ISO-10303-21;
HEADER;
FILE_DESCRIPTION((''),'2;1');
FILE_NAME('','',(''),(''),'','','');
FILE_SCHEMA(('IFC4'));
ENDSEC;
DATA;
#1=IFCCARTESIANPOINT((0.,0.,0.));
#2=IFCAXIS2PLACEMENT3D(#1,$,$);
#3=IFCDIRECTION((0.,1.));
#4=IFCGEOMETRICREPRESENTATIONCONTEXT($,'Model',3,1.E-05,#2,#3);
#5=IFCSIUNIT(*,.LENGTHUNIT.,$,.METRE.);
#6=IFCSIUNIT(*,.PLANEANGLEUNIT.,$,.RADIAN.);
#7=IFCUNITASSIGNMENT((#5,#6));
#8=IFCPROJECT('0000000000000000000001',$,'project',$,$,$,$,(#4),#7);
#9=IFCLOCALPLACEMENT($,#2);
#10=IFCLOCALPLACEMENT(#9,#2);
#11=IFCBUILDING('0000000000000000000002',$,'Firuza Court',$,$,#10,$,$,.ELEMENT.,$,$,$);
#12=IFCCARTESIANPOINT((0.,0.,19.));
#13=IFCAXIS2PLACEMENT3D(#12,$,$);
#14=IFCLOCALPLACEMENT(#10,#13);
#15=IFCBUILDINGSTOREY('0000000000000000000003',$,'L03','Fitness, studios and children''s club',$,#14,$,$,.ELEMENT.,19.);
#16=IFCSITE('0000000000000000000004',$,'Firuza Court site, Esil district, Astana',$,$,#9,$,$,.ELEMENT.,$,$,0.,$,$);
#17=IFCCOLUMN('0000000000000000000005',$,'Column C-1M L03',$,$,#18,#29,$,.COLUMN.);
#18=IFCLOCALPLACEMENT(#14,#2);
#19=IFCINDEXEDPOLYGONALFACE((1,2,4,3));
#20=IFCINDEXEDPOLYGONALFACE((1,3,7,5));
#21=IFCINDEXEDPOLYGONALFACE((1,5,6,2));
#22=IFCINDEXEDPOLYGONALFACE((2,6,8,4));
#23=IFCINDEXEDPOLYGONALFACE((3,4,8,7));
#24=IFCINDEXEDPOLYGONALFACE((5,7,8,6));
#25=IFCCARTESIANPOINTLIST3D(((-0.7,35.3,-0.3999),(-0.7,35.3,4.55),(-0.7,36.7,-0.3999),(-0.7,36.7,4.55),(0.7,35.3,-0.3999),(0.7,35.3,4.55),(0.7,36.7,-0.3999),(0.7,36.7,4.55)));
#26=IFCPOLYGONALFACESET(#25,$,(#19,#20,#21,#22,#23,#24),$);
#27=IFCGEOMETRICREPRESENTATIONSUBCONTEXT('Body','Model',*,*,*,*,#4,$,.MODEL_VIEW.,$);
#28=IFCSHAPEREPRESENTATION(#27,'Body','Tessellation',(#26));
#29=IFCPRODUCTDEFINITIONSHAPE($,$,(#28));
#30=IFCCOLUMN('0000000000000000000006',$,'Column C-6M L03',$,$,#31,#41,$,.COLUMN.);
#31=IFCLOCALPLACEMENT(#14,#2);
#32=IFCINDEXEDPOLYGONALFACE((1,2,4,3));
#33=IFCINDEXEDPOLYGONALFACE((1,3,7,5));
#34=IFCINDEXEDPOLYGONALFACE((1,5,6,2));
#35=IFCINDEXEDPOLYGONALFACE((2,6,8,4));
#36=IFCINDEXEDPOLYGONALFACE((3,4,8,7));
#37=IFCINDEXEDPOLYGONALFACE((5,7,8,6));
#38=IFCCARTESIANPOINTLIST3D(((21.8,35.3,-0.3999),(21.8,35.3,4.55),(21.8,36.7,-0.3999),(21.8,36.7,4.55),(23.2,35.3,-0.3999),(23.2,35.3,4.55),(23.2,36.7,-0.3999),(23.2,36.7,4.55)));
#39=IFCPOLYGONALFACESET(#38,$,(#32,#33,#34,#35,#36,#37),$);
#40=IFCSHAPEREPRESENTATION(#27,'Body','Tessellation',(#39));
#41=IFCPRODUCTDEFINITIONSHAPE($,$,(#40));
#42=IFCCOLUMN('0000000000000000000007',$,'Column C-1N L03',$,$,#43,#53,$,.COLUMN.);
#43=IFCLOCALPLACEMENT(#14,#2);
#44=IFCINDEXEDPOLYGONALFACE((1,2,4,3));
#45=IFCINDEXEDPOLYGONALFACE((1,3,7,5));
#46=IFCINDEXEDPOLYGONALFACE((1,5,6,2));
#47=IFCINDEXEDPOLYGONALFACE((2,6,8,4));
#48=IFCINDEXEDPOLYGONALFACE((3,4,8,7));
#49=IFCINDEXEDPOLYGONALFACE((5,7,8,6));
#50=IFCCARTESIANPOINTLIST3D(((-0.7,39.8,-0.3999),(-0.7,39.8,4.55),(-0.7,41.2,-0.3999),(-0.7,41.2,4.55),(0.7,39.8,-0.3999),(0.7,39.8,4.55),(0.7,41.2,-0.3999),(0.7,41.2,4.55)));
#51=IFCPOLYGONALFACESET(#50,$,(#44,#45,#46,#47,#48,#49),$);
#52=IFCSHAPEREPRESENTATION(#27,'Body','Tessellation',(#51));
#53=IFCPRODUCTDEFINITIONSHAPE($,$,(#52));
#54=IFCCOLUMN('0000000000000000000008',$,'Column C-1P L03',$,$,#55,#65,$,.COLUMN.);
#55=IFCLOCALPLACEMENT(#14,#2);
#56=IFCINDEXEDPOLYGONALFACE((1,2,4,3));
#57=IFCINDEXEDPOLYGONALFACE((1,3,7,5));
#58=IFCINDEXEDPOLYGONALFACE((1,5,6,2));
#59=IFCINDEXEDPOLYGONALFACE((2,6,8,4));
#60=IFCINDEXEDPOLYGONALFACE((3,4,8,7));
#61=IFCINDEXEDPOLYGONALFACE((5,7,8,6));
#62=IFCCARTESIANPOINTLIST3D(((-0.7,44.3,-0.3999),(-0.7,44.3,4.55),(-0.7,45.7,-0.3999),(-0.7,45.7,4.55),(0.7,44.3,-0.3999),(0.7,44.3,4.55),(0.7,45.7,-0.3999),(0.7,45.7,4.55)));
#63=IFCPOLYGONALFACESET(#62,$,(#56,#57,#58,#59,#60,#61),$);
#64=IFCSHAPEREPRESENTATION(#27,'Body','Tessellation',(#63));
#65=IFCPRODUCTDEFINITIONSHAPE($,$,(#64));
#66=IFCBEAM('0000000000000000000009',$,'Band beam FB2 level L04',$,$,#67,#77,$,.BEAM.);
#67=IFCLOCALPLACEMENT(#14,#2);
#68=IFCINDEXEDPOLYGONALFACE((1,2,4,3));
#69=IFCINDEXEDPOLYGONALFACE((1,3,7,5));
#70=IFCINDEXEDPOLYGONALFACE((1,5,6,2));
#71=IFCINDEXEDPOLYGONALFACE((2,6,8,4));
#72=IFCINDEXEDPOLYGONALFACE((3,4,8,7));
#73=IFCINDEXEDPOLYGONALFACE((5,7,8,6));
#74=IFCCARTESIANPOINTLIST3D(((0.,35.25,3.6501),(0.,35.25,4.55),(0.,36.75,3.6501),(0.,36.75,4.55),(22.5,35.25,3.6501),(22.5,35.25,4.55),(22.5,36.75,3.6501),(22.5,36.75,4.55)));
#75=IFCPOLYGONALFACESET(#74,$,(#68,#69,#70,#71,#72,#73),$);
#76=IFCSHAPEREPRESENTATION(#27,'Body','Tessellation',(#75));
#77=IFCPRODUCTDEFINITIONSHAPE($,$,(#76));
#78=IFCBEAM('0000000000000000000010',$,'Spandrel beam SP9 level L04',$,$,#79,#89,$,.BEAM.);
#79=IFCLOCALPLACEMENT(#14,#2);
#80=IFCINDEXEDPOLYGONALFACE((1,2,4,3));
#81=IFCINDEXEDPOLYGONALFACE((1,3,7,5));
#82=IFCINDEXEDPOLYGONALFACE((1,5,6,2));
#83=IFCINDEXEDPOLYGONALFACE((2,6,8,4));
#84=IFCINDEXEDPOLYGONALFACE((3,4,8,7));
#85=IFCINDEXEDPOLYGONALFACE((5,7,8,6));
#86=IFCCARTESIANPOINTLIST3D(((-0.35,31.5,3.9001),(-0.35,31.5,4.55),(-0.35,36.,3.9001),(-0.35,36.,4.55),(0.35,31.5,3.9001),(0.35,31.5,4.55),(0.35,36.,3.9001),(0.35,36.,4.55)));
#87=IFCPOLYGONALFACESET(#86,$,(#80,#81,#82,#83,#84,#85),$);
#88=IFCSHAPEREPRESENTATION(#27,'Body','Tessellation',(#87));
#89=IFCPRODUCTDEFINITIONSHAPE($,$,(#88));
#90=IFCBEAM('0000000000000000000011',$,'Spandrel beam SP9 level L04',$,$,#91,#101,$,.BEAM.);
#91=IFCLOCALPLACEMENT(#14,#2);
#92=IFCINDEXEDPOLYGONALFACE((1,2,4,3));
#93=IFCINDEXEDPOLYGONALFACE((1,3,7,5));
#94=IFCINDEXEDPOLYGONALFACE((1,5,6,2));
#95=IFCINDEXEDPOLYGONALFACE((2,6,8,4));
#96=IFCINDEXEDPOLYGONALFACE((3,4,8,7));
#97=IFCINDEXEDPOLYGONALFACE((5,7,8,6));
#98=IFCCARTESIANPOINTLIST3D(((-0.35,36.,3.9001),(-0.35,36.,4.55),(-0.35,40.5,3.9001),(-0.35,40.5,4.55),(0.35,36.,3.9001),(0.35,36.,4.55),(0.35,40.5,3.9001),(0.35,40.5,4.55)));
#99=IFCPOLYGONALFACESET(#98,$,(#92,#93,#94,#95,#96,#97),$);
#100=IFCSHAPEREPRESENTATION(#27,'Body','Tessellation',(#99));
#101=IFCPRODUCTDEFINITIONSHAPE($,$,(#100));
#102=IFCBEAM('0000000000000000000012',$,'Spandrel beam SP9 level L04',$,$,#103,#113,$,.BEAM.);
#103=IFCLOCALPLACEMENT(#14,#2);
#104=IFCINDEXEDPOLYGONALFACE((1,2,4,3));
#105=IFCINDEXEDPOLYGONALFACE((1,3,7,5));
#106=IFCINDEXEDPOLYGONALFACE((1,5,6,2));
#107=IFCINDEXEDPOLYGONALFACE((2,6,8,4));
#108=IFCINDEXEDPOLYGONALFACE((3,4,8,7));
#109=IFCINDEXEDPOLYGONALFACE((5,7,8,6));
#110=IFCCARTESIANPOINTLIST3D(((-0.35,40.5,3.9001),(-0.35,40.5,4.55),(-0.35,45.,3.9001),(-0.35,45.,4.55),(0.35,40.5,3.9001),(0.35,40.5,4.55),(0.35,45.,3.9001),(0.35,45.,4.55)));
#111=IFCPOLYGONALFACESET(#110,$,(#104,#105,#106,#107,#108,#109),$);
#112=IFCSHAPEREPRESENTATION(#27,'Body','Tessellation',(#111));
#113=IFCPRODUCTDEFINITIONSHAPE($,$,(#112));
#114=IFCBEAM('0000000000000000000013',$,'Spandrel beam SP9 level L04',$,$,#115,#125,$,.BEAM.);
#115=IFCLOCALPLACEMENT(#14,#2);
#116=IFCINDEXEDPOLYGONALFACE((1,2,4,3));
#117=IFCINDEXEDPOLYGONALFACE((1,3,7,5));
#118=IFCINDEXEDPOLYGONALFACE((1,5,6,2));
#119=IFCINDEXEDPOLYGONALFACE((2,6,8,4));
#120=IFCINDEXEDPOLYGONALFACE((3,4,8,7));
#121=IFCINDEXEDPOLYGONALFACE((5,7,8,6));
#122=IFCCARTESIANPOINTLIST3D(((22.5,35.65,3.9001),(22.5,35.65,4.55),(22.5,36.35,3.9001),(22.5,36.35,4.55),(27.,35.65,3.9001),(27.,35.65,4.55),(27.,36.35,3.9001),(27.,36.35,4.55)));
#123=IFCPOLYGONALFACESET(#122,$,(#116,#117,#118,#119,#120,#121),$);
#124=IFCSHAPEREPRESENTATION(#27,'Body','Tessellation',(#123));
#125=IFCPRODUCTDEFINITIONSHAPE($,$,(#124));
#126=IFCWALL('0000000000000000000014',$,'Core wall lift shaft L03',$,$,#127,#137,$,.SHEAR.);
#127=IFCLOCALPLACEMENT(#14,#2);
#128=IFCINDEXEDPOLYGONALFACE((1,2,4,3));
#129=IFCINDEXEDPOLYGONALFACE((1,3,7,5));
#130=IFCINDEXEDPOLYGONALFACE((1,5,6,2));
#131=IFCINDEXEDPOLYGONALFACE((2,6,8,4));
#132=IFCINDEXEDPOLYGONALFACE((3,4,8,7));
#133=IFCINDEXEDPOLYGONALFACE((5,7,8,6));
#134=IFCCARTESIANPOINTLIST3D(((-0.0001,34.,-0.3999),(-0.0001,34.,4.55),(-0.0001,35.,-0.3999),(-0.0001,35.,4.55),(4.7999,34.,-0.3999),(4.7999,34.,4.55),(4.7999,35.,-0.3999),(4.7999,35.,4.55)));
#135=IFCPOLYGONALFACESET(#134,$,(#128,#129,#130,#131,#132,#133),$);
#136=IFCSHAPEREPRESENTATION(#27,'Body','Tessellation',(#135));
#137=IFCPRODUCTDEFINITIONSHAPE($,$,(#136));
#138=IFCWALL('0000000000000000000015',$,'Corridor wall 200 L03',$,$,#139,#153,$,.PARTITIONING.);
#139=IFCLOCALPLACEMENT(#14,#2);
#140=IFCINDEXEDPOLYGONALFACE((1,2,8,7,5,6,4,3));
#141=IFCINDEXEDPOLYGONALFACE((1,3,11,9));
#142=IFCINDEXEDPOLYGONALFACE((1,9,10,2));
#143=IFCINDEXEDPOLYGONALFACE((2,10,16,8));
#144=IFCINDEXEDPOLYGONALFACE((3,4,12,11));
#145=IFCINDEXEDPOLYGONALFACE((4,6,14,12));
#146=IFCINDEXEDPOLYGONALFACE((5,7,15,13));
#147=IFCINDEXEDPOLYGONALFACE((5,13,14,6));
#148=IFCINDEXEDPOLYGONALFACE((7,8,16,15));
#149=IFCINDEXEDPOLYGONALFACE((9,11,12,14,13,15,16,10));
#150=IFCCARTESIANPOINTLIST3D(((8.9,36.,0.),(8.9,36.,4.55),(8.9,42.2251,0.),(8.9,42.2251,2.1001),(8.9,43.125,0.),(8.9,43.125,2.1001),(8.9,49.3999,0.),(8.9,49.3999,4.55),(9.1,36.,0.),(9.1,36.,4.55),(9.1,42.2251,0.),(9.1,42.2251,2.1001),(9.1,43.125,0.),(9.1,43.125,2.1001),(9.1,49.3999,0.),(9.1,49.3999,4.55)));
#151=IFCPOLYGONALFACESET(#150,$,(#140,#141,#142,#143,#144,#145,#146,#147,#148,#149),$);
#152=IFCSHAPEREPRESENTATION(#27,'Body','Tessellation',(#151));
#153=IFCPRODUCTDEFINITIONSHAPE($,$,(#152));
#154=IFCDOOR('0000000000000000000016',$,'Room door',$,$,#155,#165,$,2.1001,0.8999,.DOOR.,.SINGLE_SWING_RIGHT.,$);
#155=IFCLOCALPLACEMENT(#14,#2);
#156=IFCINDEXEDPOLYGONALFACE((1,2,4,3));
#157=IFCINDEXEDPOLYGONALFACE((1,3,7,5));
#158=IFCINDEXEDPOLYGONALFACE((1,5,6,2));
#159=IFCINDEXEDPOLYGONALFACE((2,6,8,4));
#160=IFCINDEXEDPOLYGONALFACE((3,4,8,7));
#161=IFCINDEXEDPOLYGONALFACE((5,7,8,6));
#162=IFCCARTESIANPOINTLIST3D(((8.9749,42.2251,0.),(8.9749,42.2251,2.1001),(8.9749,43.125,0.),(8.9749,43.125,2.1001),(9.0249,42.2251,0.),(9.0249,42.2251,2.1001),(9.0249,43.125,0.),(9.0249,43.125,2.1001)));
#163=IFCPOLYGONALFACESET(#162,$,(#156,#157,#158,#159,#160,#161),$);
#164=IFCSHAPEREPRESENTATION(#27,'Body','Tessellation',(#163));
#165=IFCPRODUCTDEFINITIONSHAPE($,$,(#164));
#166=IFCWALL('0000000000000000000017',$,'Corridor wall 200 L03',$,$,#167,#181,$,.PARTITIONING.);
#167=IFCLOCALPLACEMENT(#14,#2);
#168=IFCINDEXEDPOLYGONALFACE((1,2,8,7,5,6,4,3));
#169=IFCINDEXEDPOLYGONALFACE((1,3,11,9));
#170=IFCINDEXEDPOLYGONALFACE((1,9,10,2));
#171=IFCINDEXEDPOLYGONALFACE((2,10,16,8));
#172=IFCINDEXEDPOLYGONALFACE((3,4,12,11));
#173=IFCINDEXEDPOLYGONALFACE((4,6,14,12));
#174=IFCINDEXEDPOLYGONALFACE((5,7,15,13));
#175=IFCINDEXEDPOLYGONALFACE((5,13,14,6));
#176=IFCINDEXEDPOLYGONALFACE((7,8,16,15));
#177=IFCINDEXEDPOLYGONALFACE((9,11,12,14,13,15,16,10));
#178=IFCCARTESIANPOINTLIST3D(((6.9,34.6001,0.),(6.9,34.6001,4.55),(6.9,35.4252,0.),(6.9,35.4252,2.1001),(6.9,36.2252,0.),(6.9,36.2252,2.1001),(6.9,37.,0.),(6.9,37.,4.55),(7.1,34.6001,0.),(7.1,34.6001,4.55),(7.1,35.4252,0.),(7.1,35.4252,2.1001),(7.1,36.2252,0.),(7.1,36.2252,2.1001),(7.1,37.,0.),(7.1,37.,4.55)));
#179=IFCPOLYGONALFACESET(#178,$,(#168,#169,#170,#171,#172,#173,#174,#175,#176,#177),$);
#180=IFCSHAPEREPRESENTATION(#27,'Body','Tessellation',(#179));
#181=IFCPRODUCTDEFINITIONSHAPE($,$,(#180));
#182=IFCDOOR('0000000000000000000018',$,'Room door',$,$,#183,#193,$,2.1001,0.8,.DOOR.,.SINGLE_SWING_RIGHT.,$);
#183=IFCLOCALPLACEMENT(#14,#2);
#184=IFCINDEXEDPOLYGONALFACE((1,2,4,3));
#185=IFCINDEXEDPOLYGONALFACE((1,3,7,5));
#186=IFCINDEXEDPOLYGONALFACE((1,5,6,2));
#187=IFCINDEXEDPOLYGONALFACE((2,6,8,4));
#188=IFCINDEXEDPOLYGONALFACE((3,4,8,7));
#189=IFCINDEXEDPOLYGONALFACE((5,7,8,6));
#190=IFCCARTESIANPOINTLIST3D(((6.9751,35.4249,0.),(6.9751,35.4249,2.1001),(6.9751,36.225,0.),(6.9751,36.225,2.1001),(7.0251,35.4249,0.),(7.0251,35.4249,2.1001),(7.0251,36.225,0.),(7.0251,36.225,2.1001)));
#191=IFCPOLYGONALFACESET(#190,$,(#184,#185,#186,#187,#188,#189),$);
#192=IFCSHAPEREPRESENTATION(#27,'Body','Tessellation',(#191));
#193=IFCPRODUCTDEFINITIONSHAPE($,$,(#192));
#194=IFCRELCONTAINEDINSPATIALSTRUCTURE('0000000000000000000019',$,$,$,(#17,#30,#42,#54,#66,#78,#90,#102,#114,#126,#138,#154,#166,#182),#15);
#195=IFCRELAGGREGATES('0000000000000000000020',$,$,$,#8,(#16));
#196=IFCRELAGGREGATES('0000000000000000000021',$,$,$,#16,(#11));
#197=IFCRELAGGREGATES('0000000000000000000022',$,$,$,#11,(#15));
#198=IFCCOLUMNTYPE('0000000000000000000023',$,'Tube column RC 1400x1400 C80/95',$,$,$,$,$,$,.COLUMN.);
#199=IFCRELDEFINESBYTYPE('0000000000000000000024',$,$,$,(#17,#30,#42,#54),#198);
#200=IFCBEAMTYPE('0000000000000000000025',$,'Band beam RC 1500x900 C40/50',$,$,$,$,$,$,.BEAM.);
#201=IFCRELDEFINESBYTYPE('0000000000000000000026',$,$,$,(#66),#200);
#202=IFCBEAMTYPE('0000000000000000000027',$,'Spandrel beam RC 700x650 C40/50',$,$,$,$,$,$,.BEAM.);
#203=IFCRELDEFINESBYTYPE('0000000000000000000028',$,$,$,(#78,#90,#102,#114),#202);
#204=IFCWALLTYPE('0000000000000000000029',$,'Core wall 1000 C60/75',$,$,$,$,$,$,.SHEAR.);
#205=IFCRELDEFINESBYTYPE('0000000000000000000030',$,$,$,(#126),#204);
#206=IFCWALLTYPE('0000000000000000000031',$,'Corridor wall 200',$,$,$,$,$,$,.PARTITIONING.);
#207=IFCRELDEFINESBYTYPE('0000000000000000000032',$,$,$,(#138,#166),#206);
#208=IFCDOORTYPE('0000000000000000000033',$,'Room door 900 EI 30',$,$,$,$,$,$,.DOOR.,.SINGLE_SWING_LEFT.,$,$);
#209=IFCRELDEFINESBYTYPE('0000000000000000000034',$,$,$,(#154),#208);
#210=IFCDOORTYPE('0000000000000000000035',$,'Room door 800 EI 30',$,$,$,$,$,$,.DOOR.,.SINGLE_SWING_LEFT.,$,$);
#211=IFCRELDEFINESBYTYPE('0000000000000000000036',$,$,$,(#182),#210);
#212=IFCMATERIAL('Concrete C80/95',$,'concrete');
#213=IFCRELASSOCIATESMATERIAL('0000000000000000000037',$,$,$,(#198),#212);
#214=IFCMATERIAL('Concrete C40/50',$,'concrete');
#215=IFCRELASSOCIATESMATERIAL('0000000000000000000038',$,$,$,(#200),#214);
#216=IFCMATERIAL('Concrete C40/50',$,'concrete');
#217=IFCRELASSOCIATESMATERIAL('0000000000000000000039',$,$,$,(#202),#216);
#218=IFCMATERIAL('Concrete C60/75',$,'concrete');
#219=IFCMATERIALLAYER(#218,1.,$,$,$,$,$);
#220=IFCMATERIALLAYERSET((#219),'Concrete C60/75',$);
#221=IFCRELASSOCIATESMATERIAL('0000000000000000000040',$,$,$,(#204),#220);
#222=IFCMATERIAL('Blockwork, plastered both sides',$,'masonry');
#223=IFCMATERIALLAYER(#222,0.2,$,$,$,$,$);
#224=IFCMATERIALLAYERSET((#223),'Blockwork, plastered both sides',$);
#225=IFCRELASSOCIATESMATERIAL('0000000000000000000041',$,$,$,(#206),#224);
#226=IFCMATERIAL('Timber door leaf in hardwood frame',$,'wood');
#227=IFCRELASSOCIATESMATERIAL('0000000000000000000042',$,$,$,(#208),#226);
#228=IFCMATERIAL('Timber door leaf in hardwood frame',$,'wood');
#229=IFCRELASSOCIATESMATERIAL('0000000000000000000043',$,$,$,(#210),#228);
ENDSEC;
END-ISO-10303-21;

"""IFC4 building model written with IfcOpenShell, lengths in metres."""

from ifc_helpers import new_model, si_unit, direction, frame, frame_2d, origin, origin_2d, place, context, subcontext, project, spatial, rectangle, extrude, material, layer, layer_set, material_profile, profile_set, type_object, element, fill, save


model = new_model("IFC4")

# Units and contexts
model_context = context("Model", 3, precision=1e-05, world=origin(), true_north=direction((0.0, 1.0)))
body_context = subcontext(model_context, "Body", "Model", "MODEL_VIEW")
ifc_project = project(units=[si_unit("LENGTHUNIT", "METRE"), si_unit("PLANEANGLEUNIT", "RADIAN")], contexts=[model_context])

# Site, building, storey
site_placement = place(None, origin())
site = spatial("IfcSite", under=ifc_project, at=site_placement, Name="Firuza Court site, Esil district, Astana", CompositionType="ELEMENT", RefElevation=0.0)
building_placement = place(site_placement, origin())
building = spatial("IfcBuilding", under=site, at=building_placement, Name="Firuza Court", CompositionType="ELEMENT")
storey_placement = place(building_placement, frame((0.0, 0.0, 19.0)))
storey = spatial("IfcBuildingStorey", under=building, at=storey_placement, Name="L03", Description="Fitness, studios and children's club", CompositionType="ELEMENT", Elevation=19.0)

# Columns
ifc_material_1 = material(Name="Concrete C80/95", Category="concrete")
ifc_material_profile_1 = material_profile(ifc_material_1, rectangle(XDim=1.3999, YDim=1.3999, at=origin_2d()), Name="RC 1400x1400")
ifc_profile_set_1 = profile_set([ifc_material_profile_1], Name="Concrete C80/95")
column_type = type_object("IfcColumnType", Name="Tube column RC 1400x1400 C80/95", PredefinedType="COLUMN", material=ifc_profile_set_1)
for number, where, z_axis, x_axis, name in (
    (1, (0.0, 36.0, -0.3999), (0.0, 0.0, 1.0), (1.0, 0.0, 0.0), "Column C-1M L03"),
    (2, (22.5, 36.0, -0.3999), (0.0, 0.0, 1.0), (1.0, 0.0, 0.0), "Column C-6M L03"),
    (3, (0.0, 40.5, -0.3999), (0.0, 0.0, 1.0), (1.0, 0.0, 0.0), "Column C-1N L03"),
    (4, (0.0, 45.0, -0.3999), (0.0, 0.0, 1.0), (1.0, 0.0, 0.0), "Column C-1P L03"),
):
    element("IfcColumn", number, at=place(storey_placement, frame(where, z_axis=z_axis, x_axis=x_axis)), inside=storey, type_object=column_type, Name=name, PredefinedType="COLUMN", context=body_context, shape_type="SweptSolid", body=[
        extrude(rectangle(XDim=1.3999, YDim=1.3999, at=origin_2d()), origin(), (0.0, 0.0, 1.0), 4.95),
    ])

# Beams
ifc_material_2 = material(Name="Concrete C40/50", Category="concrete")
ifc_material_profile_2 = material_profile(ifc_material_2, rectangle(XDim=1.5, YDim=0.8999, at=origin_2d()), Name="RC 1500x900")
ifc_profile_set_2 = profile_set([ifc_material_profile_2], Name="Concrete C40/50")
beam_type_1 = type_object("IfcBeamType", Name="Band beam RC 1500x900 C40/50", PredefinedType="BEAM", material=ifc_profile_set_2)
beam_placement = place(storey_placement, frame((0.0, 36.0, 4.1001), z_axis=(1.0, 0.0, 0.0), x_axis=(0.0, 1.0, 0.0)))
element("IfcBeam", 5, at=beam_placement, inside=storey, type_object=beam_type_1, Name="Band beam FB2 level L04", PredefinedType="BEAM", context=body_context, shape_type="SweptSolid", body=[
    extrude(rectangle(XDim=1.5, YDim=0.8999, at=origin_2d()), origin(), (0.0, 0.0, 1.0), 22.5),
])
ifc_material_3 = material(Name="Concrete C40/50", Category="concrete")
ifc_material_profile_3 = material_profile(ifc_material_3, rectangle(XDim=0.7, YDim=0.6499, at=origin_2d()), Name="RC 700x650")
ifc_profile_set_3 = profile_set([ifc_material_profile_3], Name="Concrete C40/50")
beam_type_2 = type_object("IfcBeamType", Name="Spandrel beam RC 700x650 C40/50", PredefinedType="BEAM", material=ifc_profile_set_3)
for number, where, z_axis, x_axis, name in (
    (6, (0.0, 36.0, 4.2251), (0.0, -1.0, 0.0), (1.0, 0.0, 0.0), "Spandrel beam SP9 level L04"),
    (7, (0.0, 40.5, 4.2251), (0.0, -1.0, 0.0), (1.0, 0.0, 0.0), "Spandrel beam SP9 level L04"),
    (8, (0.0, 45.0, 4.2251), (0.0, -1.0, 0.0), (1.0, 0.0, 0.0), "Spandrel beam SP9 level L04"),
    (9, (22.5, 36.0, 4.2251), (1.0, 0.0, 0.0), (0.0, 1.0, 0.0), "Spandrel beam SP9 level L04"),
):
    element("IfcBeam", number, at=place(storey_placement, frame(where, z_axis=z_axis, x_axis=x_axis)), inside=storey, type_object=beam_type_2, Name=name, PredefinedType="BEAM", context=body_context, shape_type="SweptSolid", body=[
        extrude(rectangle(XDim=0.7, YDim=0.6499, at=origin_2d()), origin(), (0.0, 0.0, 1.0), 4.5),
    ])

# Wall
ifc_material_4 = material(Name="Concrete C60/75", Category="concrete")
ifc_layer_1 = layer(ifc_material_4, 1.0)
ifc_layer_set_1 = layer_set([ifc_layer_1], Name="Concrete C60/75")
wall_type_1 = type_object("IfcWallType", Name="Core wall 1000 C60/75", PredefinedType="SHEAR", material=ifc_layer_set_1)
wall_1_placement = place(storey_placement, frame((0.0, 34.5, -0.3999), z_axis=(0.0, 0.0, 1.0), x_axis=(1.0, 0.0, 0.0)))
element("IfcWall", 10, at=wall_1_placement, inside=storey, type_object=wall_type_1, Name="Core wall lift shaft L03", PredefinedType="SHEAR", context=body_context, shape_type="SweptSolid", body=[
    extrude(rectangle(XDim=4.8, YDim=1.0, at=frame_2d((2.3999, 0.0))), origin(), (0.0, 0.0, 1.0), 4.95),
])

# Walls, openings, doors
ifc_material_5 = material(Name="Blockwork, plastered both sides", Category="masonry")
ifc_layer_2 = layer(ifc_material_5, 0.2)
ifc_layer_set_2 = layer_set([ifc_layer_2], Name="Blockwork, plastered both sides")
wall_type_2 = type_object("IfcWallType", Name="Corridor wall 200", PredefinedType="PARTITIONING", material=ifc_layer_set_2)
wall_2_placement = place(storey_placement, frame((9.0, 36.0, 0.0), z_axis=(0.0, 0.0, 1.0), x_axis=(0.0, 1.0, 0.0)))
wall_2 = element("IfcWall", 11, at=wall_2_placement, inside=storey, type_object=wall_type_2, Name="Corridor wall 200 L03", PredefinedType="PARTITIONING", context=body_context, shape_type="SweptSolid", body=[
    extrude(rectangle(XDim=13.3999, YDim=0.2, at=frame_2d((6.7, 0.0))), origin(), (0.0, 0.0, 1.0), 4.55),
])
opening_1_placement = place(wall_2_placement, frame((6.2251, 0.0, 0.0)))
opening_1 = element("IfcOpeningElement", 12, at=opening_1_placement, cuts=wall_2, PredefinedType="OPENING", context=body_context, shape_type="SweptSolid", body=[
    extrude(rectangle(XDim=0.8999, YDim=2.1001, at=frame_2d((0.45, 1.05))), frame((0.0, 0.1118, 0.0), z_axis=(0.0, -1.0, 0.0), x_axis=(1.0, 0.0, 0.0)), (0.0, 0.0, 1.0), 0.2239),
])
ifc_material_6 = material(Name="Timber door leaf in hardwood frame", Category="wood")
door_type_1 = type_object("IfcDoorType", Name="Room door 900 EI 30", OperationType="SINGLE_SWING_LEFT", PredefinedType="DOOR", material=ifc_material_6)
door_1_placement = place(opening_1_placement, frame((0.8999, 0.0, 0.0), z_axis=(0.0, 0.0, 1.0), x_axis=(-1.0, 0.0, 0.0)))
door_1 = element("IfcDoor", 13, at=door_1_placement, inside=storey, type_object=door_type_1, Name="Room door", OperationType="SINGLE_SWING_RIGHT", OverallHeight=2.1001, OverallWidth=0.8999, PredefinedType="DOOR", context=body_context, shape_type="SweptSolid", body=[
    extrude(rectangle(XDim=0.8999, YDim=2.1001, at=frame_2d((0.45, 1.05))), frame((0.0, 0.0249, 0.0), z_axis=(0.0, -1.0, 0.0), x_axis=(1.0, 0.0, 0.0)), (0.0, 0.0, 1.0), 0.05),
])
fill(opening_1, door_1)
wall_3_placement = place(storey_placement, frame((7.0, 37.0, 0.0), z_axis=(0.0, 0.0, 1.0), x_axis=(0.0, -1.0, 0.0)))
wall_3 = element("IfcWall", 14, at=wall_3_placement, inside=storey, type_object=wall_type_2, Name="Corridor wall 200 L03", PredefinedType="PARTITIONING", context=body_context, shape_type="SweptSolid", body=[
    extrude(rectangle(XDim=2.3999, YDim=0.2, at=frame_2d((1.2, 0.0))), origin(), (0.0, 0.0, 1.0), 4.55),
])
opening_2_placement = place(wall_3_placement, frame((0.7749, 0.0, 0.0)))
opening_2 = element("IfcOpeningElement", 15, at=opening_2_placement, cuts=wall_3, PredefinedType="OPENING", context=body_context, shape_type="SweptSolid", body=[
    extrude(rectangle(XDim=0.8, YDim=2.1001, at=frame_2d((0.3999, 1.05))), frame((0.0, 0.1118, 0.0), z_axis=(0.0, -1.0, 0.0), x_axis=(1.0, 0.0, 0.0)), (0.0, 0.0, 1.0), 0.2239),
])
ifc_material_7 = material(Name="Timber door leaf in hardwood frame", Category="wood")
door_type_2 = type_object("IfcDoorType", Name="Room door 800 EI 30", OperationType="SINGLE_SWING_LEFT", PredefinedType="DOOR", material=ifc_material_7)
door_2_placement = place(opening_2_placement, frame((0.8, 0.0, 0.0), z_axis=(0.0, 0.0, 1.0), x_axis=(-1.0, 0.0, 0.0)))
door_2 = element("IfcDoor", 16, at=door_2_placement, inside=storey, type_object=door_type_2, Name="Room door", OperationType="SINGLE_SWING_RIGHT", OverallHeight=2.1001, OverallWidth=0.8, PredefinedType="DOOR", context=body_context, shape_type="SweptSolid", body=[
    extrude(rectangle(XDim=0.8, YDim=2.1001, at=frame_2d((0.3999, 1.05))), frame((0.0, 0.0249, 0.0), z_axis=(0.0, -1.0, 0.0), x_axis=(1.0, 0.0, 0.0)), (0.0, 0.0, 1.0), 0.05),
])
fill(opening_2, door_2)

save(model, "model.ifc")
